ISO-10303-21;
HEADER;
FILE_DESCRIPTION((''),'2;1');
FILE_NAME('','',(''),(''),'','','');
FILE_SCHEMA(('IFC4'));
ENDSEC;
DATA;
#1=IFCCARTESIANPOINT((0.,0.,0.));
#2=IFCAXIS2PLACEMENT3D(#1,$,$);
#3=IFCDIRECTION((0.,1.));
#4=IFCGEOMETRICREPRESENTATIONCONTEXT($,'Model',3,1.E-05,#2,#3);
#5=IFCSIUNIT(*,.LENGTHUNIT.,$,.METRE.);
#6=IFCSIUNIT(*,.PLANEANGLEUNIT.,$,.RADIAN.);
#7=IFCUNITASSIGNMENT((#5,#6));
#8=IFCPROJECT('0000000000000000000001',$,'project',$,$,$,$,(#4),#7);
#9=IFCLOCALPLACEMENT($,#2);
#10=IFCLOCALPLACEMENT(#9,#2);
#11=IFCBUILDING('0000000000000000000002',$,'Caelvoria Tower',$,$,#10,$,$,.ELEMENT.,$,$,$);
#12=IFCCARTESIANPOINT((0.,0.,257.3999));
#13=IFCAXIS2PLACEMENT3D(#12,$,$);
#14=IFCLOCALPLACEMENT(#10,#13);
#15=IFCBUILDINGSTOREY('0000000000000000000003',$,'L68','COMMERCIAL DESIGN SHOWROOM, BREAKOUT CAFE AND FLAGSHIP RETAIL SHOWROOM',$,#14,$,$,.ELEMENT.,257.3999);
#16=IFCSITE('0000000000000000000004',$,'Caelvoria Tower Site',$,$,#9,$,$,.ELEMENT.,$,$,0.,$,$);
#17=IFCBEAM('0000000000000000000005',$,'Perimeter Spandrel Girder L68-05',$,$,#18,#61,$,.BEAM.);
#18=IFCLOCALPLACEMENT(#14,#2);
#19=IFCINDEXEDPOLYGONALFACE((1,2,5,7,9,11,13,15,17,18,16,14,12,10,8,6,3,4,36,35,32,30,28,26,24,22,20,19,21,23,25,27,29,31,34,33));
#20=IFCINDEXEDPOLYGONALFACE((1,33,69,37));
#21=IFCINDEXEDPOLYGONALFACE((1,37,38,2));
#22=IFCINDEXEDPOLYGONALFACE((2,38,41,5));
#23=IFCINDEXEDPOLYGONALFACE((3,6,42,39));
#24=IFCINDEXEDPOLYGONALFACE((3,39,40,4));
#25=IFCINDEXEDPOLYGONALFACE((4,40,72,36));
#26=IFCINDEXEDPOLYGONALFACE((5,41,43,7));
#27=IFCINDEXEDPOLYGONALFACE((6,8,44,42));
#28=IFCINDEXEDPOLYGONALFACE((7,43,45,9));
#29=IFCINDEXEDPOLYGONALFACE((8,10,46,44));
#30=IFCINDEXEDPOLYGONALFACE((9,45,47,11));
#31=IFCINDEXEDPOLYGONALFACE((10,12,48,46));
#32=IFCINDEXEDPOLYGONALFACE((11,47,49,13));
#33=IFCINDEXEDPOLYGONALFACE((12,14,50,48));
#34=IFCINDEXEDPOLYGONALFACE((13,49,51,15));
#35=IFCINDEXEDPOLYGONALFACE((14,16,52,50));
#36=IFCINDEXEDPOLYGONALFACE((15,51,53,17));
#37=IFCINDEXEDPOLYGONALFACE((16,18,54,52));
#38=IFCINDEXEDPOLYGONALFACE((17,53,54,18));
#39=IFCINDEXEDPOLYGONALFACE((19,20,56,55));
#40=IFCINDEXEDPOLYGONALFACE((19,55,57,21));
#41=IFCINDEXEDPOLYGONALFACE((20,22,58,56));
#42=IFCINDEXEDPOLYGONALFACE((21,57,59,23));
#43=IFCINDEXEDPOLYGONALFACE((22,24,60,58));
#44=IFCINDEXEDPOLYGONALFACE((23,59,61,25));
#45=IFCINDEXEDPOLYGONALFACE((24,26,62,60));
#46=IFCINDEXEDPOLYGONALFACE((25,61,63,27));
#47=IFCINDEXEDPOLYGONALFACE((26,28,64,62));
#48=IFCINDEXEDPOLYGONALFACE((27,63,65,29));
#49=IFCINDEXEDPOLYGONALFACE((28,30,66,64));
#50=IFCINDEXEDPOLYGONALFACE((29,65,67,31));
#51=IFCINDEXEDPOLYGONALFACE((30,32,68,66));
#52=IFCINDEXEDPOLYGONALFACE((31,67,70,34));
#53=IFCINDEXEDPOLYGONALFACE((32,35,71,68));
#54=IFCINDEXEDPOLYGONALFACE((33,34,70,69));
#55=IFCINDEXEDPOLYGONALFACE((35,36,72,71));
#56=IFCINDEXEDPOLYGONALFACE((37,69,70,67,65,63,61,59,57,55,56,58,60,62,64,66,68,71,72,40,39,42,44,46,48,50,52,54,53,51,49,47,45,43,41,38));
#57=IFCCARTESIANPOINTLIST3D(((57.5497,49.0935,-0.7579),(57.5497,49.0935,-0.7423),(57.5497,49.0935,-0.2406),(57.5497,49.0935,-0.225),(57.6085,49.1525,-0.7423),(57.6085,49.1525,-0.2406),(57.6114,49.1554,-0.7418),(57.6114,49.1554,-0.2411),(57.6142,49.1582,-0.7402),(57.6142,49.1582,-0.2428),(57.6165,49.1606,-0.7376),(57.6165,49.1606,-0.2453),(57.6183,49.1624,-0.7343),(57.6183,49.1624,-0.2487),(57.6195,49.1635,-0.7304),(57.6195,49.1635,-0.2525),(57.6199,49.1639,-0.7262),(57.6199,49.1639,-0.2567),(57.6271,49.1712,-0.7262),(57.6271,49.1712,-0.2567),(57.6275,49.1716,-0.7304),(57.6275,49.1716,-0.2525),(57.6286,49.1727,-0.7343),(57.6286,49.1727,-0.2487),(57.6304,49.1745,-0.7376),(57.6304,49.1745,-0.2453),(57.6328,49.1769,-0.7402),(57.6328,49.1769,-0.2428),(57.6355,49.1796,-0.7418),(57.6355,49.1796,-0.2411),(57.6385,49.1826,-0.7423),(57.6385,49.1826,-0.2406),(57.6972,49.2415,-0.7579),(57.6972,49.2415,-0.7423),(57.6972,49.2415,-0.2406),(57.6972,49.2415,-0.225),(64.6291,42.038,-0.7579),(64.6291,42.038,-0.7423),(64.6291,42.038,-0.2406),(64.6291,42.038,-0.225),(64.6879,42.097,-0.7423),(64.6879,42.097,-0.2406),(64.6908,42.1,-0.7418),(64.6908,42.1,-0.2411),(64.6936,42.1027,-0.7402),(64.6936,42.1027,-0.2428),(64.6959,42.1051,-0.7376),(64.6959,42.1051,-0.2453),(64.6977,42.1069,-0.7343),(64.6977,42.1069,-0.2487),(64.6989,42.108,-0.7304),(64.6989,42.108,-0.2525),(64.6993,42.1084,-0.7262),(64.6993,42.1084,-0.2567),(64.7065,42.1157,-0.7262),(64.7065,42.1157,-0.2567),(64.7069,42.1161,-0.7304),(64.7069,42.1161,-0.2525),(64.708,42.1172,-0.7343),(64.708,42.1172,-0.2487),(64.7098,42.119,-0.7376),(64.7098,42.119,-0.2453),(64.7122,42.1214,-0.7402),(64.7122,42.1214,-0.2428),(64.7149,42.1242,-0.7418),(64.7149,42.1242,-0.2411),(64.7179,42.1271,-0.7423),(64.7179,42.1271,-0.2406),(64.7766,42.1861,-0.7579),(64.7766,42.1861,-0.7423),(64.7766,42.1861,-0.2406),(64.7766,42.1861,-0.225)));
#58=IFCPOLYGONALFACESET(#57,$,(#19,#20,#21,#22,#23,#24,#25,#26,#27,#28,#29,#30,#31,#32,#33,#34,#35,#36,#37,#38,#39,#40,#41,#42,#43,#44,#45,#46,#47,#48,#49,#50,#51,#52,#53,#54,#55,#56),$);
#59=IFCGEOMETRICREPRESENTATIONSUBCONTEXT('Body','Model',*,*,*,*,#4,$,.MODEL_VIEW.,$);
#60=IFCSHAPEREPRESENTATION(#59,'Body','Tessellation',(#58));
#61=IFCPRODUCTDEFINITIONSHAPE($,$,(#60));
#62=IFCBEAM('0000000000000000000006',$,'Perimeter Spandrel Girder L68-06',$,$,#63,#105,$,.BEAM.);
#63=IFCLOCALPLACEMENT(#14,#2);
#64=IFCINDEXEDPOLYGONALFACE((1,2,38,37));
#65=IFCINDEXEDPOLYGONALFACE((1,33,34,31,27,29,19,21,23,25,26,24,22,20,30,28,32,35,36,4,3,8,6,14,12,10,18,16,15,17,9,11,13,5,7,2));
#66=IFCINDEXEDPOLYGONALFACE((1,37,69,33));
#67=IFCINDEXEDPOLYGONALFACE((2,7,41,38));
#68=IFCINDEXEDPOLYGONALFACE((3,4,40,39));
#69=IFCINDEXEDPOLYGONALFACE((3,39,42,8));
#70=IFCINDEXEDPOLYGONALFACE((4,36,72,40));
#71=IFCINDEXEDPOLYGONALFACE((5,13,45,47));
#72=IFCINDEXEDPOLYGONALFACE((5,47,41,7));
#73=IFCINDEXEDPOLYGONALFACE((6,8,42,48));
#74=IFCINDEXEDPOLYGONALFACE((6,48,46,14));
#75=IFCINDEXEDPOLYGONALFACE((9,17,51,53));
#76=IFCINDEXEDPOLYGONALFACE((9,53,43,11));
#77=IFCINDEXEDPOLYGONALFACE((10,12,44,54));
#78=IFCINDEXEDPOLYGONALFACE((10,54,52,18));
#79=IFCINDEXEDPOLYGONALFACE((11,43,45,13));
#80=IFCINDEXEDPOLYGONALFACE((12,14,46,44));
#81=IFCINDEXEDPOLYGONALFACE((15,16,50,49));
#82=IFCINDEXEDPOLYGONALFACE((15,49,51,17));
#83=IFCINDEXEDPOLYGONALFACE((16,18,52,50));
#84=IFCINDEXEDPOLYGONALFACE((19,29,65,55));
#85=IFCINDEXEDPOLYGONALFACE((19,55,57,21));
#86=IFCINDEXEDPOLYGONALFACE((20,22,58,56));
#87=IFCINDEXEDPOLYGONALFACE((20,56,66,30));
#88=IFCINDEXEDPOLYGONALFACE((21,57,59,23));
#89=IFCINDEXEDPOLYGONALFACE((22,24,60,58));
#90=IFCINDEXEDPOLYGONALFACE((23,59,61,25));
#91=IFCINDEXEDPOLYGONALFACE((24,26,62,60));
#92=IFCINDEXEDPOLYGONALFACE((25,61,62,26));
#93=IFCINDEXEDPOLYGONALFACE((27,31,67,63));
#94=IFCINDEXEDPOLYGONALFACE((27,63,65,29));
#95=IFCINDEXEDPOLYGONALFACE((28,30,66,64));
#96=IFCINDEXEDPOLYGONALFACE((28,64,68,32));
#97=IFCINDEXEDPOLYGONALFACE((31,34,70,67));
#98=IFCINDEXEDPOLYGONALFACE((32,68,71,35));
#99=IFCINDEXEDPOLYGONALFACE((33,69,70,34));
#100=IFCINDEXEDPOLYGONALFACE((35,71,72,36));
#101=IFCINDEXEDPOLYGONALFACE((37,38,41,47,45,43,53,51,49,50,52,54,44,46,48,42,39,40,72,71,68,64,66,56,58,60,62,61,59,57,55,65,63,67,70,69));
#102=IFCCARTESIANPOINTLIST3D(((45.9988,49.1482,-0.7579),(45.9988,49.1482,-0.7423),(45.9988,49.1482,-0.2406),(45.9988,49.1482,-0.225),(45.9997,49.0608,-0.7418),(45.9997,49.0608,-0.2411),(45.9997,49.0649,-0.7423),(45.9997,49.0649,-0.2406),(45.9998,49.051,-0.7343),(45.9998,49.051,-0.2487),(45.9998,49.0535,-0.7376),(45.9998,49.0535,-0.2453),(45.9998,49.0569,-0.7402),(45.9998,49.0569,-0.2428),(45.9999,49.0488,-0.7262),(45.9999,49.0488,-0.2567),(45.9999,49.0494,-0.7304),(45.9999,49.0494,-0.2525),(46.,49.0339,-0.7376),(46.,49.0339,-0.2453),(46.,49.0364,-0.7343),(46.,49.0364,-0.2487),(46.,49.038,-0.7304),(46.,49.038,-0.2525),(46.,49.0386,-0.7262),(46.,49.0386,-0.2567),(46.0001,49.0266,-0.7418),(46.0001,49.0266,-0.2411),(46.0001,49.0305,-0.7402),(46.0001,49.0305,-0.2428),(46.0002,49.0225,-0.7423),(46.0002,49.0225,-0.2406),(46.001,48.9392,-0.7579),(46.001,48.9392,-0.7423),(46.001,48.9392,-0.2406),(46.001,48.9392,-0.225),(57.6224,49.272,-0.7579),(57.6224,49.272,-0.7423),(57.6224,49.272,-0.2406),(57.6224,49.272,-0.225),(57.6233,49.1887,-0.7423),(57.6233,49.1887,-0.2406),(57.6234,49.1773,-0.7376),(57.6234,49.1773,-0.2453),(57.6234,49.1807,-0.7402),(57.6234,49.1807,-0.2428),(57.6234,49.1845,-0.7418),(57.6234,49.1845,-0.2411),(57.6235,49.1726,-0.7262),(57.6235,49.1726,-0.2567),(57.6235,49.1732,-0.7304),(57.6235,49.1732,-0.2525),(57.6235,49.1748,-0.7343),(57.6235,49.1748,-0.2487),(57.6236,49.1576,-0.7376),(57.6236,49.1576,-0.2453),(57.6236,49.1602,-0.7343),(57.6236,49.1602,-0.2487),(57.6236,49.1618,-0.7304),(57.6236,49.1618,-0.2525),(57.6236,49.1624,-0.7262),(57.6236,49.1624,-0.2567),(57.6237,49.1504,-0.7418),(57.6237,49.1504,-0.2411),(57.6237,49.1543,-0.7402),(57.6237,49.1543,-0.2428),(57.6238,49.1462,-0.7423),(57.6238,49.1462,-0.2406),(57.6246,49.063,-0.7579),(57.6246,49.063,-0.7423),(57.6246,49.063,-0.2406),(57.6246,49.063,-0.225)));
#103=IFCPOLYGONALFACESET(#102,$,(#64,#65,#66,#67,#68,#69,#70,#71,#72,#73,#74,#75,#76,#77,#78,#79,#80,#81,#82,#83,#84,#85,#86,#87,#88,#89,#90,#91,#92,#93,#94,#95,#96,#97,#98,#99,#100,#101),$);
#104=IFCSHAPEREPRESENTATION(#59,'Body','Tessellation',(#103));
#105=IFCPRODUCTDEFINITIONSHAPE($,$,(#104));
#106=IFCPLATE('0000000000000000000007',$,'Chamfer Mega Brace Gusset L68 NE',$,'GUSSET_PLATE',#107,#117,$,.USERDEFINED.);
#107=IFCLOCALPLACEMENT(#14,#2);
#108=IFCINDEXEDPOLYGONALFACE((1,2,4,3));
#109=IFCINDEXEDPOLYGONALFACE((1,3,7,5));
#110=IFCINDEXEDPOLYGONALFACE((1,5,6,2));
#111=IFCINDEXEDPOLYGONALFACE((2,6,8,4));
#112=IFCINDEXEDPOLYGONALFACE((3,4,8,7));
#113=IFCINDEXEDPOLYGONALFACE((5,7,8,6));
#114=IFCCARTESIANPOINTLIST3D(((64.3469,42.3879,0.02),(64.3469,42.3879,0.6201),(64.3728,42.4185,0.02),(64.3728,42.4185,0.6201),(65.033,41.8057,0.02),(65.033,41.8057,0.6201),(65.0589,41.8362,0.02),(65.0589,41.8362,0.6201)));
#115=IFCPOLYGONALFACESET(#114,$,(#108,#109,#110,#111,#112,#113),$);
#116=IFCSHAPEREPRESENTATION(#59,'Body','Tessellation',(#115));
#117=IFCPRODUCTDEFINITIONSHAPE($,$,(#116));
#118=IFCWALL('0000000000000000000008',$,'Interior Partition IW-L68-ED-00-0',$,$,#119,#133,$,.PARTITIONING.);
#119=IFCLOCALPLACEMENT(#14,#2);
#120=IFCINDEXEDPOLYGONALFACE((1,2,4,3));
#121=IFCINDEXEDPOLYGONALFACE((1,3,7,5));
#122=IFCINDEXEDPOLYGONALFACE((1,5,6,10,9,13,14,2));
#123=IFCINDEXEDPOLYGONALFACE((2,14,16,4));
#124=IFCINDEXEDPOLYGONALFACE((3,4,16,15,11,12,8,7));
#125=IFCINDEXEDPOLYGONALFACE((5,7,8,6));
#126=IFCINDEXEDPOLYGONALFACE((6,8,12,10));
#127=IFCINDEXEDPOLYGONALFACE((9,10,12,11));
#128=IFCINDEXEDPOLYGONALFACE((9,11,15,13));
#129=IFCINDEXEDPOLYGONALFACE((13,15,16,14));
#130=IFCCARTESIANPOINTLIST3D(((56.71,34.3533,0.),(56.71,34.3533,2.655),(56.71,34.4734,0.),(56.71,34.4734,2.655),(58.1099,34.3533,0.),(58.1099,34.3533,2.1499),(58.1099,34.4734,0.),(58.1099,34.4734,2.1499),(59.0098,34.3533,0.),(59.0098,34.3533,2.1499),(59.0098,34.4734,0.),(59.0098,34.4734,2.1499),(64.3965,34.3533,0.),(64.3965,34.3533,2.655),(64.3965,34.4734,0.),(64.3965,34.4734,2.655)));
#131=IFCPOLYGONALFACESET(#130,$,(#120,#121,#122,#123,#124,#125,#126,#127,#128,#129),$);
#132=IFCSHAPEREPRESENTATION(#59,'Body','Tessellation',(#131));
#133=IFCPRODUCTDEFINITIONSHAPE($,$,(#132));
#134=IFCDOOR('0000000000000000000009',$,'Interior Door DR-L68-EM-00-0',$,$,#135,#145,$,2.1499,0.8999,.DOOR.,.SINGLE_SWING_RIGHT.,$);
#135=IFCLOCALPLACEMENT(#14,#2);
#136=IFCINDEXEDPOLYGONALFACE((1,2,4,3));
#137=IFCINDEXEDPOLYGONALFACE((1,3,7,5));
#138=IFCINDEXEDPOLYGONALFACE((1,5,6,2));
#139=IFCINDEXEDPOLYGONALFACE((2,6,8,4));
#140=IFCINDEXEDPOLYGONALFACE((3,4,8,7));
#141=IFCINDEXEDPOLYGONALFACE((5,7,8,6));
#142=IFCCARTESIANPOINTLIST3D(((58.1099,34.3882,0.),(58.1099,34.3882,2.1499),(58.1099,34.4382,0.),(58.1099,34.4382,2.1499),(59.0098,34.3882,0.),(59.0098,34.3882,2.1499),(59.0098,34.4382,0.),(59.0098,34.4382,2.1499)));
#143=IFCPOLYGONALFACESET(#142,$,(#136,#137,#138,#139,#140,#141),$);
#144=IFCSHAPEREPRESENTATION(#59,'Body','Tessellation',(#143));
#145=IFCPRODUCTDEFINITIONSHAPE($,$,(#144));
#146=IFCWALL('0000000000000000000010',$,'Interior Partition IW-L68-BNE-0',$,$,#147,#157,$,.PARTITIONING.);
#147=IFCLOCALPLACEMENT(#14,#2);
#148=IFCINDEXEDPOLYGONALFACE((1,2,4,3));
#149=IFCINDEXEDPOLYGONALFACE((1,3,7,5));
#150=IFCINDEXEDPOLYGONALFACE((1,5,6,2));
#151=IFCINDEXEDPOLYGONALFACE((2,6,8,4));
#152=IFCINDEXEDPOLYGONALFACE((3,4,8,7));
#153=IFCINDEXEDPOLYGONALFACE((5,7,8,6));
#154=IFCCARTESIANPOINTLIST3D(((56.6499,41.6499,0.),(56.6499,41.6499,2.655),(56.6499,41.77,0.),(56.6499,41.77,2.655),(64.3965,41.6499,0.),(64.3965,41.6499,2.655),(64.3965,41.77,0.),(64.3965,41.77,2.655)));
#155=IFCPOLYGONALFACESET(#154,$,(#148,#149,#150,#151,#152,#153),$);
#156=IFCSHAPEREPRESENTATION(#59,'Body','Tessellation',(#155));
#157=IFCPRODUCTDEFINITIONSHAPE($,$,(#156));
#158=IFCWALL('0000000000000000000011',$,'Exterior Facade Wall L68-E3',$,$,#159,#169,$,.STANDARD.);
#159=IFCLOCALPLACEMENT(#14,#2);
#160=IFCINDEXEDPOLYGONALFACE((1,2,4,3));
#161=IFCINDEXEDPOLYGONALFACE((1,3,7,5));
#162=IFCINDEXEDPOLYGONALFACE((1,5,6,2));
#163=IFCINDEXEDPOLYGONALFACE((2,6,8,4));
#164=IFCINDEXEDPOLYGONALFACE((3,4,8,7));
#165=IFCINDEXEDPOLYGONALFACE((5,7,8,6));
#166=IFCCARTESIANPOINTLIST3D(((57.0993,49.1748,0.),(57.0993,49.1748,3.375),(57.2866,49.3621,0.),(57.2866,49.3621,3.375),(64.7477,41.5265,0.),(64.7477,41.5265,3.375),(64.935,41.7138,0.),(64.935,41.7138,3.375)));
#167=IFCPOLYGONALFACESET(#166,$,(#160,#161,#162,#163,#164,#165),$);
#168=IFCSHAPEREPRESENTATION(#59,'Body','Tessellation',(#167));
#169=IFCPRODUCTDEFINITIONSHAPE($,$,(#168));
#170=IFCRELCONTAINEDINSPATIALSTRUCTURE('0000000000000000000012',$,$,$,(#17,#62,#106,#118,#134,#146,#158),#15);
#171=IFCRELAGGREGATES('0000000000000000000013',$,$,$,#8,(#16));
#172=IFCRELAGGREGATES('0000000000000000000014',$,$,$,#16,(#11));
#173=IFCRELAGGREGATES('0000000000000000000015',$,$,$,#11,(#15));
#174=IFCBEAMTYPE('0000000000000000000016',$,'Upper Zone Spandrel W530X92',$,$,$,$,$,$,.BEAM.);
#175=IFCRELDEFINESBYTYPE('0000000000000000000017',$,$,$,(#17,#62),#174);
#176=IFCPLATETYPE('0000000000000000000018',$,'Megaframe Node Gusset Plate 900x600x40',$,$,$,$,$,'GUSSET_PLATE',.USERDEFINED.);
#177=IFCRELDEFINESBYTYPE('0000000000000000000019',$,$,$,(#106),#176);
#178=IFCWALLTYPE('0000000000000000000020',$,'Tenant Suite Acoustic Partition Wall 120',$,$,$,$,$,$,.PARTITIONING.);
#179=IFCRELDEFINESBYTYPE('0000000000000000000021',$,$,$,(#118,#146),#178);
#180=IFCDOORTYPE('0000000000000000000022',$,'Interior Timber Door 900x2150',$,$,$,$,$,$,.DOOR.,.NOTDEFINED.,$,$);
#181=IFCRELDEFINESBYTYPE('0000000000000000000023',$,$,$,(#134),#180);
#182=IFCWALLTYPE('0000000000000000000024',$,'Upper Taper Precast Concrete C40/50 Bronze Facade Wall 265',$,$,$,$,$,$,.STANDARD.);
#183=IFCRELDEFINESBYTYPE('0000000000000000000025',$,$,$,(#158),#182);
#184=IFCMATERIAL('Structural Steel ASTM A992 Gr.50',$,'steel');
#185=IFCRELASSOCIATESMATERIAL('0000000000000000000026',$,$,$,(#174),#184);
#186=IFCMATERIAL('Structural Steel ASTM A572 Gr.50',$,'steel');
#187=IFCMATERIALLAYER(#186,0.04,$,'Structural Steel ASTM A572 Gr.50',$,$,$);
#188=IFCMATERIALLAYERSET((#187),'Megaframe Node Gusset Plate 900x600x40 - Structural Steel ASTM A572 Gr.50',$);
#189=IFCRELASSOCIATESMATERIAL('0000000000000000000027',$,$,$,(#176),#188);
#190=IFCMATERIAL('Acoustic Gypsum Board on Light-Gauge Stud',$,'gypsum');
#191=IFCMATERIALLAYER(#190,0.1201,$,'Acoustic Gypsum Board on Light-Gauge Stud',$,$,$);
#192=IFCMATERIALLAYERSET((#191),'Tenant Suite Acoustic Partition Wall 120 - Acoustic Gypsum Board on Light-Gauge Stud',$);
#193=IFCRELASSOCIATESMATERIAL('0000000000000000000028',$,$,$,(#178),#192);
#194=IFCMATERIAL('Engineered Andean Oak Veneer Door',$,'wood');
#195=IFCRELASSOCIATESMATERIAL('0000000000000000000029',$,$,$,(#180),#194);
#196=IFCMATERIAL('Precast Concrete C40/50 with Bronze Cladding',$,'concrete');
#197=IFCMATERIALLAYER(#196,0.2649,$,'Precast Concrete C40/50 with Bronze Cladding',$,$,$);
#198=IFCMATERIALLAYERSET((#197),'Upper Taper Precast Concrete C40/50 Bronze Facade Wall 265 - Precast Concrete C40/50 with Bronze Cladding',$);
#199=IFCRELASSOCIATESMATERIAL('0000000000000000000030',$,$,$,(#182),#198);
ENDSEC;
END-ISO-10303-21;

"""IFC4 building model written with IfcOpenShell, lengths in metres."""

from ifc_helpers import new_model, si_unit, direction, frame, frame_2d, origin, origin_2d, place, context, subcontext, project, spatial, rectangle, i_section, extrude, material, layer, layer_set, material_profile, profile_set, type_object, element, fill, save


model = new_model("IFC4")

# Units and contexts
model_context = context("Model", 3, precision=1e-05, world=origin(), true_north=direction((0.0, 1.0)))
body_context = subcontext(model_context, "Body", "Model", "MODEL_VIEW")
ifc_project = project(units=[si_unit("LENGTHUNIT", "METRE"), si_unit("PLANEANGLEUNIT", "RADIAN")], contexts=[model_context])

# Site, building, storey
site_placement = place(None, origin())
site = spatial("IfcSite", under=ifc_project, at=site_placement, Name="Caelvoria Tower Site", CompositionType="ELEMENT", RefElevation=0.0)
building_placement = place(site_placement, origin())
building = spatial("IfcBuilding", under=site, at=building_placement, Name="Caelvoria Tower", CompositionType="ELEMENT")
storey_placement = place(building_placement, frame((0.0, 0.0, 257.3999)))
storey = spatial("IfcBuildingStorey", under=building, at=storey_placement, Name="L68", Description="COMMERCIAL DESIGN SHOWROOM, BREAKOUT CAFE AND FLAGSHIP RETAIL SHOWROOM", CompositionType="ELEMENT", Elevation=257.3999)

# Shared definitions
ifc_material_1 = material(Name="Structural Steel ASTM A572 Gr.50", Category="steel")

# Shared definitions
ifc_material_2 = material(Name="Structural Steel ASTM A992 Gr.50", Category="steel")

# Beams
ifc_material_profile_1 = material_profile(ifc_material_2, i_section(OverallWidth=0.209, OverallDepth=0.533, WebThickness=0.0103, FlangeThickness=0.0156, FilletRadius=0.0161, at=origin_2d()), Name="Structural Steel ASTM A992 Gr.50")
ifc_profile_set_1 = profile_set([ifc_material_profile_1], Name="W530X92 - Structural Steel ASTM A992 Gr.50")
beam_type_1 = type_object("IfcBeamType", Name="Upper Zone Spandrel W530X92", PredefinedType="BEAM", material=ifc_profile_set_1)
beam_1_placement = place(storey_placement, frame((64.7029, 42.1121, -0.4915), z_axis=(-0.708303, 0.705909, 0.0), x_axis=(-0.705909, -0.708303, 0.0)))
element("IfcBeam", 1, at=beam_1_placement, inside=storey, type_object=beam_type_1, Name="Perimeter Spandrel Girder L68-05", PredefinedType="BEAM", context=body_context, shape_type="SweptSolid", body=[
    extrude(i_section(OverallWidth=0.209, OverallDepth=0.533, WebThickness=0.0103, FlangeThickness=0.0156, FilletRadius=0.0161, at=origin_2d()), origin(), (0.0, 0.0, 1.0), 9.9949),
])
beam_2_placement = place(storey_placement, frame((57.6235, 49.1675, -0.4915), z_axis=(-0.999943, -0.010648, 0.0), x_axis=(0.010648, -0.999943, 0.0)))
element("IfcBeam", 2, at=beam_2_placement, inside=storey, type_object=beam_type_1, Name="Perimeter Spandrel Girder L68-06", PredefinedType="BEAM", context=body_context, shape_type="SweptSolid", body=[
    extrude(i_section(OverallWidth=0.209, OverallDepth=0.533, WebThickness=0.0103, FlangeThickness=0.0156, FilletRadius=0.0161, at=origin_2d()), origin(), (0.0, 0.0, 1.0), 11.6243),
])

# Plate
ifc_layer_1 = layer(ifc_material_1, 0.04, Name="Structural Steel ASTM A572 Gr.50")
ifc_layer_set_1 = layer_set([ifc_layer_1], Name="Megaframe Node Gusset Plate 900x600x40 - Structural Steel ASTM A572 Gr.50")
plate_type = type_object("IfcPlateType", Name="Megaframe Node Gusset Plate 900x600x40", ElementType="GUSSET_PLATE", PredefinedType="USERDEFINED", material=ifc_layer_set_1)
plate_placement = place(storey_placement, frame((64.7029, 42.1121, 0.02), z_axis=(0.0, 0.0, 1.0), x_axis=(-0.762466, 0.647028, 0.0)))
element("IfcPlate", 3, at=plate_placement, inside=storey, type_object=plate_type, Name="Chamfer Mega Brace Gusset L68 NE", ObjectType="GUSSET_PLATE", PredefinedType="USERDEFINED", context=body_context, shape_type="SweptSolid", body=[
    extrude(rectangle(XDim=0.8999, YDim=0.04, at=origin_2d()), origin(), (0.0, 0.0, 1.0), 0.6001),
])

# Wall, opening, door
ifc_material_3 = material(Name="Acoustic Gypsum Board on Light-Gauge Stud", Category="gypsum")
ifc_layer_2 = layer(ifc_material_3, 0.1201, Name="Acoustic Gypsum Board on Light-Gauge Stud")
ifc_layer_set_2 = layer_set([ifc_layer_2], Name="Tenant Suite Acoustic Partition Wall 120 - Acoustic Gypsum Board on Light-Gauge Stud")
wall_type_1 = type_object("IfcWallType", Name="Tenant Suite Acoustic Partition Wall 120", PredefinedType="PARTITIONING", material=ifc_layer_set_2)
wall_1_placement = place(storey_placement, frame((56.71, 34.4133, 0.0), z_axis=(0.0, 0.0, 1.0), x_axis=(1.0, 0.0, 0.0)))
wall_1 = element("IfcWall", 4, at=wall_1_placement, inside=storey, type_object=wall_type_1, Name="Interior Partition IW-L68-ED-00-0", PredefinedType="PARTITIONING", context=body_context, shape_type="SweptSolid", body=[
    extrude(rectangle(XDim=7.6865, YDim=0.1201, at=frame_2d((3.8433, 0.0))), origin(), (0.0, 0.0, 1.0), 2.655),
])
opening_1_placement = place(wall_1_placement, frame((1.3999, 0.0, 0.0)))
opening_1 = element("IfcOpeningElement", 5, at=opening_1_placement, cuts=wall_1, PredefinedType="OPENING", context=body_context, shape_type="SweptSolid", body=[
    extrude(rectangle(XDim=0.8999, YDim=2.1499, at=frame_2d((0.45, 1.075))), frame((0.0, 0.0701, 0.0), z_axis=(0.0, -1.0, 0.0), x_axis=(1.0, 0.0, 0.0)), (0.0, 0.0, 1.0), 0.1401),
])
ifc_material_4 = material(Name="Engineered Andean Oak Veneer Door", Category="wood")
door_type_1 = type_object("IfcDoorType", Name="Interior Timber Door 900x2150", OperationType="NOTDEFINED", PredefinedType="DOOR", material=ifc_material_4)
door_1_placement = place(opening_1_placement, origin())
door_1 = element("IfcDoor", 6, at=door_1_placement, inside=storey, type_object=door_type_1, Name="Interior Door DR-L68-EM-00-0", OperationType="SINGLE_SWING_RIGHT", OverallHeight=2.1499, OverallWidth=0.8999, PredefinedType="DOOR", context=body_context, shape_type="SweptSolid", body=[
    extrude(rectangle(XDim=0.8999, YDim=2.1499, at=frame_2d((0.45, 1.075))), frame((0.0, 0.0249, 0.0), z_axis=(0.0, -1.0, 0.0), x_axis=(1.0, 0.0, 0.0)), (0.0, 0.0, 1.0), 0.05),
])
fill(opening_1, door_1)

# Walls
wall_2_placement = place(storey_placement, frame((56.6499, 41.71, 0.0), z_axis=(0.0, 0.0, 1.0), x_axis=(1.0, 0.0, 0.0)))
element("IfcWall", 7, at=wall_2_placement, inside=storey, type_object=wall_type_1, Name="Interior Partition IW-L68-BNE-0", PredefinedType="PARTITIONING", context=body_context, shape_type="SweptSolid", body=[
    extrude(rectangle(XDim=7.7466, YDim=0.1201, at=frame_2d((3.8733, 0.0))), origin(), (0.0, 0.0, 1.0), 2.655),
])
ifc_material_5 = material(Name="Precast Concrete C40/50 with Bronze Cladding", Category="concrete")
ifc_layer_3 = layer(ifc_material_5, 0.2649, Name="Precast Concrete C40/50 with Bronze Cladding")
ifc_layer_set_3 = layer_set([ifc_layer_3], Name="Upper Taper Precast Concrete C40/50 Bronze Facade Wall 265 - Precast Concrete C40/50 with Bronze Cladding")
wall_type_2 = type_object("IfcWallType", Name="Upper Taper Precast Concrete C40/50 Bronze Facade Wall 265", PredefinedType="STANDARD", material=ifc_layer_set_3)
wall_3_placement = place(storey_placement, frame((64.8413, 41.6201, 0.0), z_axis=(0.0, 0.0, 1.0), x_axis=(-0.707107, 0.707107, 0.0)))
element("IfcWall", 8, at=wall_3_placement, inside=storey, type_object=wall_type_2, Name="Exterior Facade Wall L68-E3", PredefinedType="STANDARD", context=body_context, shape_type="SweptSolid", body=[
    extrude(rectangle(XDim=10.8164, YDim=0.2649, at=frame_2d((5.4082, 0.0))), origin(), (0.0, 0.0, 1.0), 3.375),
])

save(model, "model.ifc")
